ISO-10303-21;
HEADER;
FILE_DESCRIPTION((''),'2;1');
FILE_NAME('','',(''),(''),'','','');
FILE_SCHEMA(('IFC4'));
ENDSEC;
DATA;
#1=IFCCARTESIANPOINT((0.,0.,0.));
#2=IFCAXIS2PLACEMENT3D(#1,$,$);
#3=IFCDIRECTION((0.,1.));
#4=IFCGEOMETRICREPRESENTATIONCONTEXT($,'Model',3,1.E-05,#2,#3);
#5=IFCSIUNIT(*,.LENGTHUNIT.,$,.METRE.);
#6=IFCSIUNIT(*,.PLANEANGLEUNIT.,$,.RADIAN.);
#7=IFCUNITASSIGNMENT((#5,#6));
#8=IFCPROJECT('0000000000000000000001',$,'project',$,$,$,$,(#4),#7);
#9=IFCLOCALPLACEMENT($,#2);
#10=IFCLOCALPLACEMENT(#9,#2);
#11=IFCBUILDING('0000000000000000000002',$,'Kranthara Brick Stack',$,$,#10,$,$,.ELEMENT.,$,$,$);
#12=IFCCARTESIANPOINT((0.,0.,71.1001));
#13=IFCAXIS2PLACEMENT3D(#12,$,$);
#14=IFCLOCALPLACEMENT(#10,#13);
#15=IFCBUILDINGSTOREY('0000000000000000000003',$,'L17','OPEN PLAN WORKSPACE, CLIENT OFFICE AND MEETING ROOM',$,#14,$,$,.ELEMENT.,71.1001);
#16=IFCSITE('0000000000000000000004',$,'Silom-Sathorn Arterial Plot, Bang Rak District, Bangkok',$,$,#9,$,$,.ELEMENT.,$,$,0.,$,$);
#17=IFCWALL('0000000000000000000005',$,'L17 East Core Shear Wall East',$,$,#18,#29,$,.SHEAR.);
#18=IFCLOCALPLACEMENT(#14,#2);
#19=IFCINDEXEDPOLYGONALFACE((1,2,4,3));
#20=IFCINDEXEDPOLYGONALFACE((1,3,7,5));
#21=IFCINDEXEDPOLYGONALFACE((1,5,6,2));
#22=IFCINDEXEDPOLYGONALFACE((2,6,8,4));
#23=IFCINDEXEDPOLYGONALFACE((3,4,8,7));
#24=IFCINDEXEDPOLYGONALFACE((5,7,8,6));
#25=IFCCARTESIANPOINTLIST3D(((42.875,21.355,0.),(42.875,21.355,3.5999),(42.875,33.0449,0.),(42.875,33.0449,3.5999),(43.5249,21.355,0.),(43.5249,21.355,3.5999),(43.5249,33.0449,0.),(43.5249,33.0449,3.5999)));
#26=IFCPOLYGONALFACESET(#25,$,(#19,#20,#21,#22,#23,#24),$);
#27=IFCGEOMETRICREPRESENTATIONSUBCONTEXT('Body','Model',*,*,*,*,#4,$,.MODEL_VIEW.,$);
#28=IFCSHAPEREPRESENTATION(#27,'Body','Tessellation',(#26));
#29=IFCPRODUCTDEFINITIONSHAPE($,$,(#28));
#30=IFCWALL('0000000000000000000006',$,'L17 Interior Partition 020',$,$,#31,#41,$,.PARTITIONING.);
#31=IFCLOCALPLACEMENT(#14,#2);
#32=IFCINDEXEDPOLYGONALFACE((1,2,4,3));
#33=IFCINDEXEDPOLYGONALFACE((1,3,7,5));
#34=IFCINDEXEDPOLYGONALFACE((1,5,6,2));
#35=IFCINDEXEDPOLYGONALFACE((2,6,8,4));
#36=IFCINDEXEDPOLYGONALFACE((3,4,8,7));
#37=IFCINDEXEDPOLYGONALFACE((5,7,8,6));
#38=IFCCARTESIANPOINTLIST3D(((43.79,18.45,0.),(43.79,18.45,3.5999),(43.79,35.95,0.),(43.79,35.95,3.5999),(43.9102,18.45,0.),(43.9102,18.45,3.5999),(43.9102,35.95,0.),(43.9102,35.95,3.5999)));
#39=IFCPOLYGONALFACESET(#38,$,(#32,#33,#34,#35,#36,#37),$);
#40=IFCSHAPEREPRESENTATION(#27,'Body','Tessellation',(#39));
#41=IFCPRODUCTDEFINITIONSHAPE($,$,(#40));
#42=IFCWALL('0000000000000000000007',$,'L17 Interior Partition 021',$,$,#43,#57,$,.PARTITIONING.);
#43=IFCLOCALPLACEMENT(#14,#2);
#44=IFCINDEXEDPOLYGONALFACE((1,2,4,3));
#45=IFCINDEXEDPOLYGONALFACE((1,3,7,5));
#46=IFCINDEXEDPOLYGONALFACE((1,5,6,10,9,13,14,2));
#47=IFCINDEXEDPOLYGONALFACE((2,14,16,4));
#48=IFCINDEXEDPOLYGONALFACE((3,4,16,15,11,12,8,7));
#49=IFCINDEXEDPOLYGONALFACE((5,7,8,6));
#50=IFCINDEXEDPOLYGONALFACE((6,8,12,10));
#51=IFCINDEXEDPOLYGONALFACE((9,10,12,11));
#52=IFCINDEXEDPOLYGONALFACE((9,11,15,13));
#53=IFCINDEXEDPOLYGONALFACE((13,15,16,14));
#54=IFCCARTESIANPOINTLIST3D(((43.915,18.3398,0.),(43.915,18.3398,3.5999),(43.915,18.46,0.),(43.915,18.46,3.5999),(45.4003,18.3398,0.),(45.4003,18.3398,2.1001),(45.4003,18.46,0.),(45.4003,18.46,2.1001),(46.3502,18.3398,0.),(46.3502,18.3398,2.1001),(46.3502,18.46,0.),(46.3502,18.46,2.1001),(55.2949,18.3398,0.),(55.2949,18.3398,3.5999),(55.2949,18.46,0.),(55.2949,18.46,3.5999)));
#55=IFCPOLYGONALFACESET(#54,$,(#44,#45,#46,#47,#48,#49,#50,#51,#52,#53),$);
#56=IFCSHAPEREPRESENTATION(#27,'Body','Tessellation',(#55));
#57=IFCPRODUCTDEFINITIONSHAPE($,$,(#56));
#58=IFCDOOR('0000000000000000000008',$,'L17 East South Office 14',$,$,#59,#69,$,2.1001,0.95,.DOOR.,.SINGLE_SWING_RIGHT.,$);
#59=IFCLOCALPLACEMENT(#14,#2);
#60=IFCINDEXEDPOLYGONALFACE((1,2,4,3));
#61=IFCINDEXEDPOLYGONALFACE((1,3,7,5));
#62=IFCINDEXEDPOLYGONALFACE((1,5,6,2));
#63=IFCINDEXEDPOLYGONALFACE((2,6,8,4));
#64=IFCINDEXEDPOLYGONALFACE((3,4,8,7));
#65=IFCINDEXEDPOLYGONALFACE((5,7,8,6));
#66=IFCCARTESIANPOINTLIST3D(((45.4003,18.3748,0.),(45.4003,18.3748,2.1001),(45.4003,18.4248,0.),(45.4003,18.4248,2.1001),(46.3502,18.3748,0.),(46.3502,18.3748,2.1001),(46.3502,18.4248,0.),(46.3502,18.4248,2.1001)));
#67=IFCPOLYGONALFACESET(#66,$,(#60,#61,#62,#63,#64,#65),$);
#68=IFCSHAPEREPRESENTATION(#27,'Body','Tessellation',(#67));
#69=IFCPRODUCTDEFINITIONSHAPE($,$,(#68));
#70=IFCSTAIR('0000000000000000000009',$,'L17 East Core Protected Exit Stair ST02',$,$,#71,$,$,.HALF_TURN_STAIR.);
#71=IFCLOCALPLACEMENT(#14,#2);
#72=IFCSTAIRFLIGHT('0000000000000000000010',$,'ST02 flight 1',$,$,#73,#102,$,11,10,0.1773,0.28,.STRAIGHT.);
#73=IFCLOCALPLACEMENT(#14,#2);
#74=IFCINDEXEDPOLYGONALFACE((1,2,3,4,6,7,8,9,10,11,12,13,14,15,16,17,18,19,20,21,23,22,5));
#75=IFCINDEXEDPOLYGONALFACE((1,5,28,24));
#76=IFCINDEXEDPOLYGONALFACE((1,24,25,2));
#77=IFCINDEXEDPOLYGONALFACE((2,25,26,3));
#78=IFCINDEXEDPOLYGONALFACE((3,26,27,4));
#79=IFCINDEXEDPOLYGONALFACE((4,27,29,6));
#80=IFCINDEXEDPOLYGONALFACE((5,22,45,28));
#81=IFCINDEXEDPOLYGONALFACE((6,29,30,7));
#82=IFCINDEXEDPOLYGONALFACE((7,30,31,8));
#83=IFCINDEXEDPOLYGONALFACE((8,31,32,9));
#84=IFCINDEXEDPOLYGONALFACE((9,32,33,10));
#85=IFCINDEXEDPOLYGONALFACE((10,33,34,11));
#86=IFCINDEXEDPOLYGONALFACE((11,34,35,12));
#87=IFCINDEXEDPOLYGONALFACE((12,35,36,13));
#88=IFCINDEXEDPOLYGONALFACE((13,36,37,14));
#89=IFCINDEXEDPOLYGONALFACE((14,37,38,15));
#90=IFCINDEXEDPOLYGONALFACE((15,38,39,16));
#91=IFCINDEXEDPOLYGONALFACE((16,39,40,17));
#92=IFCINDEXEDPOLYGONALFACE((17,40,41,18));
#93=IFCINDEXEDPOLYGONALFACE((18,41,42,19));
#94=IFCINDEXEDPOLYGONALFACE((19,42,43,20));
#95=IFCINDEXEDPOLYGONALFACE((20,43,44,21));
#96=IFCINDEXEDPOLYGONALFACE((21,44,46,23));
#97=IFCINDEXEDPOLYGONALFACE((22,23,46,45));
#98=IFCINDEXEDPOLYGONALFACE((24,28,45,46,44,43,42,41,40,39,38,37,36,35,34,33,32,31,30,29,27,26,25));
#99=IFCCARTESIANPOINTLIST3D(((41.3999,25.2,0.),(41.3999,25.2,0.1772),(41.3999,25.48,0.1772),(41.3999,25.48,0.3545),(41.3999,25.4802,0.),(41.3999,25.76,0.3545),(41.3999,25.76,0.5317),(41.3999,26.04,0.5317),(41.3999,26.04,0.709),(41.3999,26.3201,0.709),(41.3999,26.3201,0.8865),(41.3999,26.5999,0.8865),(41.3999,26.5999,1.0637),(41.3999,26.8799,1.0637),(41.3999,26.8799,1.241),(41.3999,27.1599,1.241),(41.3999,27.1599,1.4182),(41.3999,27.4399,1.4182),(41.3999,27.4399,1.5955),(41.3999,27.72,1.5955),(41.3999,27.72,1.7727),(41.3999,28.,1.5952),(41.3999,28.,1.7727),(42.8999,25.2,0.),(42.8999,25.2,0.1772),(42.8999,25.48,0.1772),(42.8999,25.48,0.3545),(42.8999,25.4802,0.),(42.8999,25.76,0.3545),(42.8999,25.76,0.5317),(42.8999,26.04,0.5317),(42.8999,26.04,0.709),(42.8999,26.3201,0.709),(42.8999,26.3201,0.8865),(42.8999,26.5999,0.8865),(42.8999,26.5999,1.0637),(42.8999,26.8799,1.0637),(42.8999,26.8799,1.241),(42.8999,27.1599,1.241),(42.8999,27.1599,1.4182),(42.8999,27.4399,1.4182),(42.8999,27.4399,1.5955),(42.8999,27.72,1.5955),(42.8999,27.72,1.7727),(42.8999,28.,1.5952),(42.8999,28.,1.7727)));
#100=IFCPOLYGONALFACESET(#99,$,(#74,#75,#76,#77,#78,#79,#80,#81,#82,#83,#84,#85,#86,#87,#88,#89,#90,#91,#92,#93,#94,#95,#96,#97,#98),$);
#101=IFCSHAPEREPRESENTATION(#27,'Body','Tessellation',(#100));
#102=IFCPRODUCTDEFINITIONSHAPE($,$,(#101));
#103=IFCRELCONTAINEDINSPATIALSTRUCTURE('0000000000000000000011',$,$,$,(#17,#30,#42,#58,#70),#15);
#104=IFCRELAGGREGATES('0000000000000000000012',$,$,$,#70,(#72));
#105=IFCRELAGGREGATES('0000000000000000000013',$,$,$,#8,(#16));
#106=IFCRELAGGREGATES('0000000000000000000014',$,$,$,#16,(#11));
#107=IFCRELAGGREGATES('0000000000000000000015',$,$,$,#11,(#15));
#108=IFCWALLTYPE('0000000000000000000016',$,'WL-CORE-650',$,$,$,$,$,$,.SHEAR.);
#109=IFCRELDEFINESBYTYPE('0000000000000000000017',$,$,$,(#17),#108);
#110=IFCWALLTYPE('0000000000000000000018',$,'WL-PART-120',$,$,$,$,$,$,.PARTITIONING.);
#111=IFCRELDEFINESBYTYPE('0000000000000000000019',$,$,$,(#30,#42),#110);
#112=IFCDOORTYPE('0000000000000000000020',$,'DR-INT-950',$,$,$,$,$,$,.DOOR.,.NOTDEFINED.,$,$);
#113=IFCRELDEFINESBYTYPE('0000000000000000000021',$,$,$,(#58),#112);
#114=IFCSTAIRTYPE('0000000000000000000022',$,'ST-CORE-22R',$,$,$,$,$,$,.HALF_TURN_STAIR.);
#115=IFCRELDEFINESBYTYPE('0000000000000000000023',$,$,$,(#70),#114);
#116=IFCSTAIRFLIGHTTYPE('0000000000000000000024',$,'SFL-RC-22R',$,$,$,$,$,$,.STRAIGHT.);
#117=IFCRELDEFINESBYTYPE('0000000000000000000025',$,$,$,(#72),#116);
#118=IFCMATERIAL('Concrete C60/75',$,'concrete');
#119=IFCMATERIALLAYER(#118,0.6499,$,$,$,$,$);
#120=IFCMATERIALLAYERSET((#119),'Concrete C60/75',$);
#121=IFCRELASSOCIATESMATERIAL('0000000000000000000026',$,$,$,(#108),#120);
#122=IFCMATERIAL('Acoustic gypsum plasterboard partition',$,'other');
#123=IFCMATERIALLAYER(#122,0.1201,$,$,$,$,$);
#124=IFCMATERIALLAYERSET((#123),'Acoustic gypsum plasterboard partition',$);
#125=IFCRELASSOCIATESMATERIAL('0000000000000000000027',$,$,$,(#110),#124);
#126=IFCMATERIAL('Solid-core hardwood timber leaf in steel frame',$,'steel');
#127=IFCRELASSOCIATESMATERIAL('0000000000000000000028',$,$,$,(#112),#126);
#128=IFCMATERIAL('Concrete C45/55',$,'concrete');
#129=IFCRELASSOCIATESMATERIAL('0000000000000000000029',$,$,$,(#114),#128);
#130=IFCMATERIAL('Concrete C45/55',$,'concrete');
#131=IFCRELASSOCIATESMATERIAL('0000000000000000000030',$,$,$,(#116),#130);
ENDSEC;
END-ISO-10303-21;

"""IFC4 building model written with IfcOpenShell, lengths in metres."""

from ifc_helpers import new_model, si_unit, direction, frame, frame_2d, origin, place, context, subcontext, project, spatial, polyline, rectangle, outline, extrude, material, layer, layer_set, type_object, element, fill, aggregate, save


model = new_model("IFC4")

# Units and contexts
model_context = context("Model", 3, precision=1e-05, world=origin(), true_north=direction((0.0, 1.0)))
body_context = subcontext(model_context, "Body", "Model", "MODEL_VIEW")
ifc_project = project(units=[si_unit("LENGTHUNIT", "METRE"), si_unit("PLANEANGLEUNIT", "RADIAN")], contexts=[model_context])

# Site, building, storey
site_placement = place(None, origin())
site = spatial("IfcSite", under=ifc_project, at=site_placement, Name="Silom-Sathorn Arterial Plot, Bang Rak District, Bangkok", CompositionType="ELEMENT", RefElevation=0.0)
building_placement = place(site_placement, origin())
building = spatial("IfcBuilding", under=site, at=building_placement, Name="Kranthara Brick Stack", CompositionType="ELEMENT")
storey_placement = place(building_placement, frame((0.0, 0.0, 71.1001)))
storey = spatial("IfcBuildingStorey", under=building, at=storey_placement, Name="L17", Description="OPEN PLAN WORKSPACE, CLIENT OFFICE AND MEETING ROOM", CompositionType="ELEMENT", Elevation=71.1001)

# Walls
ifc_material_1 = material(Name="Concrete C60/75", Category="concrete")
ifc_layer_1 = layer(ifc_material_1, 0.6499)
ifc_layer_set_1 = layer_set([ifc_layer_1], Name="Concrete C60/75")
wall_type_1 = type_object("IfcWallType", Name="WL-CORE-650", PredefinedType="SHEAR", material=ifc_layer_set_1)
wall_1_placement = place(storey_placement, frame((43.2, 21.355, 0.0), z_axis=(0.0, 0.0, 1.0), x_axis=(0.0, 1.0, 0.0)))
element("IfcWall", 1, at=wall_1_placement, inside=storey, type_object=wall_type_1, Name="L17 East Core Shear Wall East", PredefinedType="SHEAR", context=body_context, shape_type="SweptSolid", body=[
    extrude(rectangle(XDim=11.6899, YDim=0.6499, at=frame_2d((5.845, 0.0))), origin(), (0.0, 0.0, 1.0), 3.5999),
])
ifc_material_2 = material(Name="Acoustic gypsum plasterboard partition", Category="other")
ifc_layer_2 = layer(ifc_material_2, 0.1201)
ifc_layer_set_2 = layer_set([ifc_layer_2], Name="Acoustic gypsum plasterboard partition")
wall_type_2 = type_object("IfcWallType", Name="WL-PART-120", PredefinedType="PARTITIONING", material=ifc_layer_set_2)
wall_2_placement = place(storey_placement, frame((43.8501, 18.45, 0.0), z_axis=(0.0, 0.0, 1.0), x_axis=(0.0, 1.0, 0.0)))
element("IfcWall", 2, at=wall_2_placement, inside=storey, type_object=wall_type_2, Name="L17 Interior Partition 020", PredefinedType="PARTITIONING", context=body_context, shape_type="SweptSolid", body=[
    extrude(rectangle(XDim=17.5, YDim=0.1201, at=frame_2d((8.75, 0.0))), origin(), (0.0, 0.0, 1.0), 3.5999),
])

# Wall, opening, door
wall_3_placement = place(storey_placement, frame((43.915, 18.3999, 0.0), z_axis=(0.0, 0.0, 1.0), x_axis=(1.0, 0.0, 0.0)))
wall_3 = element("IfcWall", 3, at=wall_3_placement, inside=storey, type_object=wall_type_2, Name="L17 Interior Partition 021", PredefinedType="PARTITIONING", context=body_context, shape_type="SweptSolid", body=[
    extrude(rectangle(XDim=11.3799, YDim=0.1201, at=frame_2d((5.6899, 0.0))), origin(), (0.0, 0.0, 1.0), 3.5999),
])
opening_1_placement = place(wall_3_placement, frame((1.4851, 0.0, 0.0)))
opening_1 = element("IfcOpeningElement", 4, at=opening_1_placement, cuts=wall_3, PredefinedType="OPENING", context=body_context, shape_type="SweptSolid", body=[
    extrude(rectangle(XDim=0.95, YDim=2.1001, at=frame_2d((0.4751, 1.05))), frame((0.0, 0.0701, 0.0), z_axis=(0.0, -1.0, 0.0), x_axis=(1.0, 0.0, 0.0)), (0.0, 0.0, 1.0), 0.1401),
])
ifc_material_3 = material(Name="Solid-core hardwood timber leaf in steel frame", Category="steel")
door_type = type_object("IfcDoorType", Name="DR-INT-950", OperationType="NOTDEFINED", PredefinedType="DOOR", material=ifc_material_3)
door_placement = place(opening_1_placement, origin())
door = element("IfcDoor", 5, at=door_placement, inside=storey, type_object=door_type, Name="L17 East South Office 14", OperationType="SINGLE_SWING_RIGHT", OverallHeight=2.1001, OverallWidth=0.95, PredefinedType="DOOR", context=body_context, shape_type="SweptSolid", body=[
    extrude(rectangle(XDim=0.95, YDim=2.1001, at=frame_2d((0.4751, 1.05))), frame((0.0, 0.0249, 0.0), z_axis=(0.0, -1.0, 0.0), x_axis=(1.0, 0.0, 0.0)), (0.0, 0.0, 1.0), 0.05),
])
fill(opening_1, door)

# Stair, stair flight
ifc_material_4 = material(Name="Concrete C45/55", Category="concrete")
stair_type = type_object("IfcStairType", Name="ST-CORE-22R", PredefinedType="HALF_TURN_STAIR", material=ifc_material_4)
stair_placement = place(storey_placement, origin())
stair = element("IfcStair", 6, at=stair_placement, inside=storey, type_object=stair_type, Name="L17 East Core Protected Exit Stair ST02", PredefinedType="HALF_TURN_STAIR")
ifc_material_5 = material(Name="Concrete C45/55", Category="concrete")
stair_flight_type = type_object("IfcStairFlightType", Name="SFL-RC-22R", PredefinedType="STRAIGHT", material=ifc_material_5)
stair_flight_placement = place(storey_placement, frame((42.1499, 25.2, 0.0), z_axis=(0.0, 0.0, 1.0), x_axis=(0.0, 1.0, 0.0)))
stair_flight = element("IfcStairFlight", 7, at=stair_flight_placement, type_object=stair_flight_type, Name="ST02 flight 1", NumberOfRisers=11, NumberOfTreads=10, PredefinedType="STRAIGHT", RiserHeight=0.1773, TreadLength=0.28, context=body_context, shape_type="SweptSolid", body=[
    extrude(outline(polyline([(0.0, 0.0), (0.0, 0.1772), (0.28, 0.1772), (0.28, 0.3545), (0.5601, 0.3545), (0.5601, 0.5317), (0.8401, 0.5317), (0.8401, 0.709), (1.1201, 0.709), (1.1201, 0.8865), (1.3999, 0.8865), (1.3999, 1.0637), (1.6799, 1.0637), (1.6799, 1.241), (1.96, 1.241), (1.96, 1.4182), (2.24, 1.4182), (2.24, 1.5955), (2.52, 1.5955), (2.52, 1.7727), (2.8, 1.7727), (2.8, 1.95), (2.8, 1.5952), (0.2803, 0.0), (0.0, 0.0)])), frame((0.0, 0.75, 0.0), z_axis=(0.0, -1.0, 0.0), x_axis=(1.0, 0.0, 0.0)), (0.0, 0.0, 1.0), 1.5),
])
aggregate(stair, [stair_flight])

save(model, "model.ifc")
